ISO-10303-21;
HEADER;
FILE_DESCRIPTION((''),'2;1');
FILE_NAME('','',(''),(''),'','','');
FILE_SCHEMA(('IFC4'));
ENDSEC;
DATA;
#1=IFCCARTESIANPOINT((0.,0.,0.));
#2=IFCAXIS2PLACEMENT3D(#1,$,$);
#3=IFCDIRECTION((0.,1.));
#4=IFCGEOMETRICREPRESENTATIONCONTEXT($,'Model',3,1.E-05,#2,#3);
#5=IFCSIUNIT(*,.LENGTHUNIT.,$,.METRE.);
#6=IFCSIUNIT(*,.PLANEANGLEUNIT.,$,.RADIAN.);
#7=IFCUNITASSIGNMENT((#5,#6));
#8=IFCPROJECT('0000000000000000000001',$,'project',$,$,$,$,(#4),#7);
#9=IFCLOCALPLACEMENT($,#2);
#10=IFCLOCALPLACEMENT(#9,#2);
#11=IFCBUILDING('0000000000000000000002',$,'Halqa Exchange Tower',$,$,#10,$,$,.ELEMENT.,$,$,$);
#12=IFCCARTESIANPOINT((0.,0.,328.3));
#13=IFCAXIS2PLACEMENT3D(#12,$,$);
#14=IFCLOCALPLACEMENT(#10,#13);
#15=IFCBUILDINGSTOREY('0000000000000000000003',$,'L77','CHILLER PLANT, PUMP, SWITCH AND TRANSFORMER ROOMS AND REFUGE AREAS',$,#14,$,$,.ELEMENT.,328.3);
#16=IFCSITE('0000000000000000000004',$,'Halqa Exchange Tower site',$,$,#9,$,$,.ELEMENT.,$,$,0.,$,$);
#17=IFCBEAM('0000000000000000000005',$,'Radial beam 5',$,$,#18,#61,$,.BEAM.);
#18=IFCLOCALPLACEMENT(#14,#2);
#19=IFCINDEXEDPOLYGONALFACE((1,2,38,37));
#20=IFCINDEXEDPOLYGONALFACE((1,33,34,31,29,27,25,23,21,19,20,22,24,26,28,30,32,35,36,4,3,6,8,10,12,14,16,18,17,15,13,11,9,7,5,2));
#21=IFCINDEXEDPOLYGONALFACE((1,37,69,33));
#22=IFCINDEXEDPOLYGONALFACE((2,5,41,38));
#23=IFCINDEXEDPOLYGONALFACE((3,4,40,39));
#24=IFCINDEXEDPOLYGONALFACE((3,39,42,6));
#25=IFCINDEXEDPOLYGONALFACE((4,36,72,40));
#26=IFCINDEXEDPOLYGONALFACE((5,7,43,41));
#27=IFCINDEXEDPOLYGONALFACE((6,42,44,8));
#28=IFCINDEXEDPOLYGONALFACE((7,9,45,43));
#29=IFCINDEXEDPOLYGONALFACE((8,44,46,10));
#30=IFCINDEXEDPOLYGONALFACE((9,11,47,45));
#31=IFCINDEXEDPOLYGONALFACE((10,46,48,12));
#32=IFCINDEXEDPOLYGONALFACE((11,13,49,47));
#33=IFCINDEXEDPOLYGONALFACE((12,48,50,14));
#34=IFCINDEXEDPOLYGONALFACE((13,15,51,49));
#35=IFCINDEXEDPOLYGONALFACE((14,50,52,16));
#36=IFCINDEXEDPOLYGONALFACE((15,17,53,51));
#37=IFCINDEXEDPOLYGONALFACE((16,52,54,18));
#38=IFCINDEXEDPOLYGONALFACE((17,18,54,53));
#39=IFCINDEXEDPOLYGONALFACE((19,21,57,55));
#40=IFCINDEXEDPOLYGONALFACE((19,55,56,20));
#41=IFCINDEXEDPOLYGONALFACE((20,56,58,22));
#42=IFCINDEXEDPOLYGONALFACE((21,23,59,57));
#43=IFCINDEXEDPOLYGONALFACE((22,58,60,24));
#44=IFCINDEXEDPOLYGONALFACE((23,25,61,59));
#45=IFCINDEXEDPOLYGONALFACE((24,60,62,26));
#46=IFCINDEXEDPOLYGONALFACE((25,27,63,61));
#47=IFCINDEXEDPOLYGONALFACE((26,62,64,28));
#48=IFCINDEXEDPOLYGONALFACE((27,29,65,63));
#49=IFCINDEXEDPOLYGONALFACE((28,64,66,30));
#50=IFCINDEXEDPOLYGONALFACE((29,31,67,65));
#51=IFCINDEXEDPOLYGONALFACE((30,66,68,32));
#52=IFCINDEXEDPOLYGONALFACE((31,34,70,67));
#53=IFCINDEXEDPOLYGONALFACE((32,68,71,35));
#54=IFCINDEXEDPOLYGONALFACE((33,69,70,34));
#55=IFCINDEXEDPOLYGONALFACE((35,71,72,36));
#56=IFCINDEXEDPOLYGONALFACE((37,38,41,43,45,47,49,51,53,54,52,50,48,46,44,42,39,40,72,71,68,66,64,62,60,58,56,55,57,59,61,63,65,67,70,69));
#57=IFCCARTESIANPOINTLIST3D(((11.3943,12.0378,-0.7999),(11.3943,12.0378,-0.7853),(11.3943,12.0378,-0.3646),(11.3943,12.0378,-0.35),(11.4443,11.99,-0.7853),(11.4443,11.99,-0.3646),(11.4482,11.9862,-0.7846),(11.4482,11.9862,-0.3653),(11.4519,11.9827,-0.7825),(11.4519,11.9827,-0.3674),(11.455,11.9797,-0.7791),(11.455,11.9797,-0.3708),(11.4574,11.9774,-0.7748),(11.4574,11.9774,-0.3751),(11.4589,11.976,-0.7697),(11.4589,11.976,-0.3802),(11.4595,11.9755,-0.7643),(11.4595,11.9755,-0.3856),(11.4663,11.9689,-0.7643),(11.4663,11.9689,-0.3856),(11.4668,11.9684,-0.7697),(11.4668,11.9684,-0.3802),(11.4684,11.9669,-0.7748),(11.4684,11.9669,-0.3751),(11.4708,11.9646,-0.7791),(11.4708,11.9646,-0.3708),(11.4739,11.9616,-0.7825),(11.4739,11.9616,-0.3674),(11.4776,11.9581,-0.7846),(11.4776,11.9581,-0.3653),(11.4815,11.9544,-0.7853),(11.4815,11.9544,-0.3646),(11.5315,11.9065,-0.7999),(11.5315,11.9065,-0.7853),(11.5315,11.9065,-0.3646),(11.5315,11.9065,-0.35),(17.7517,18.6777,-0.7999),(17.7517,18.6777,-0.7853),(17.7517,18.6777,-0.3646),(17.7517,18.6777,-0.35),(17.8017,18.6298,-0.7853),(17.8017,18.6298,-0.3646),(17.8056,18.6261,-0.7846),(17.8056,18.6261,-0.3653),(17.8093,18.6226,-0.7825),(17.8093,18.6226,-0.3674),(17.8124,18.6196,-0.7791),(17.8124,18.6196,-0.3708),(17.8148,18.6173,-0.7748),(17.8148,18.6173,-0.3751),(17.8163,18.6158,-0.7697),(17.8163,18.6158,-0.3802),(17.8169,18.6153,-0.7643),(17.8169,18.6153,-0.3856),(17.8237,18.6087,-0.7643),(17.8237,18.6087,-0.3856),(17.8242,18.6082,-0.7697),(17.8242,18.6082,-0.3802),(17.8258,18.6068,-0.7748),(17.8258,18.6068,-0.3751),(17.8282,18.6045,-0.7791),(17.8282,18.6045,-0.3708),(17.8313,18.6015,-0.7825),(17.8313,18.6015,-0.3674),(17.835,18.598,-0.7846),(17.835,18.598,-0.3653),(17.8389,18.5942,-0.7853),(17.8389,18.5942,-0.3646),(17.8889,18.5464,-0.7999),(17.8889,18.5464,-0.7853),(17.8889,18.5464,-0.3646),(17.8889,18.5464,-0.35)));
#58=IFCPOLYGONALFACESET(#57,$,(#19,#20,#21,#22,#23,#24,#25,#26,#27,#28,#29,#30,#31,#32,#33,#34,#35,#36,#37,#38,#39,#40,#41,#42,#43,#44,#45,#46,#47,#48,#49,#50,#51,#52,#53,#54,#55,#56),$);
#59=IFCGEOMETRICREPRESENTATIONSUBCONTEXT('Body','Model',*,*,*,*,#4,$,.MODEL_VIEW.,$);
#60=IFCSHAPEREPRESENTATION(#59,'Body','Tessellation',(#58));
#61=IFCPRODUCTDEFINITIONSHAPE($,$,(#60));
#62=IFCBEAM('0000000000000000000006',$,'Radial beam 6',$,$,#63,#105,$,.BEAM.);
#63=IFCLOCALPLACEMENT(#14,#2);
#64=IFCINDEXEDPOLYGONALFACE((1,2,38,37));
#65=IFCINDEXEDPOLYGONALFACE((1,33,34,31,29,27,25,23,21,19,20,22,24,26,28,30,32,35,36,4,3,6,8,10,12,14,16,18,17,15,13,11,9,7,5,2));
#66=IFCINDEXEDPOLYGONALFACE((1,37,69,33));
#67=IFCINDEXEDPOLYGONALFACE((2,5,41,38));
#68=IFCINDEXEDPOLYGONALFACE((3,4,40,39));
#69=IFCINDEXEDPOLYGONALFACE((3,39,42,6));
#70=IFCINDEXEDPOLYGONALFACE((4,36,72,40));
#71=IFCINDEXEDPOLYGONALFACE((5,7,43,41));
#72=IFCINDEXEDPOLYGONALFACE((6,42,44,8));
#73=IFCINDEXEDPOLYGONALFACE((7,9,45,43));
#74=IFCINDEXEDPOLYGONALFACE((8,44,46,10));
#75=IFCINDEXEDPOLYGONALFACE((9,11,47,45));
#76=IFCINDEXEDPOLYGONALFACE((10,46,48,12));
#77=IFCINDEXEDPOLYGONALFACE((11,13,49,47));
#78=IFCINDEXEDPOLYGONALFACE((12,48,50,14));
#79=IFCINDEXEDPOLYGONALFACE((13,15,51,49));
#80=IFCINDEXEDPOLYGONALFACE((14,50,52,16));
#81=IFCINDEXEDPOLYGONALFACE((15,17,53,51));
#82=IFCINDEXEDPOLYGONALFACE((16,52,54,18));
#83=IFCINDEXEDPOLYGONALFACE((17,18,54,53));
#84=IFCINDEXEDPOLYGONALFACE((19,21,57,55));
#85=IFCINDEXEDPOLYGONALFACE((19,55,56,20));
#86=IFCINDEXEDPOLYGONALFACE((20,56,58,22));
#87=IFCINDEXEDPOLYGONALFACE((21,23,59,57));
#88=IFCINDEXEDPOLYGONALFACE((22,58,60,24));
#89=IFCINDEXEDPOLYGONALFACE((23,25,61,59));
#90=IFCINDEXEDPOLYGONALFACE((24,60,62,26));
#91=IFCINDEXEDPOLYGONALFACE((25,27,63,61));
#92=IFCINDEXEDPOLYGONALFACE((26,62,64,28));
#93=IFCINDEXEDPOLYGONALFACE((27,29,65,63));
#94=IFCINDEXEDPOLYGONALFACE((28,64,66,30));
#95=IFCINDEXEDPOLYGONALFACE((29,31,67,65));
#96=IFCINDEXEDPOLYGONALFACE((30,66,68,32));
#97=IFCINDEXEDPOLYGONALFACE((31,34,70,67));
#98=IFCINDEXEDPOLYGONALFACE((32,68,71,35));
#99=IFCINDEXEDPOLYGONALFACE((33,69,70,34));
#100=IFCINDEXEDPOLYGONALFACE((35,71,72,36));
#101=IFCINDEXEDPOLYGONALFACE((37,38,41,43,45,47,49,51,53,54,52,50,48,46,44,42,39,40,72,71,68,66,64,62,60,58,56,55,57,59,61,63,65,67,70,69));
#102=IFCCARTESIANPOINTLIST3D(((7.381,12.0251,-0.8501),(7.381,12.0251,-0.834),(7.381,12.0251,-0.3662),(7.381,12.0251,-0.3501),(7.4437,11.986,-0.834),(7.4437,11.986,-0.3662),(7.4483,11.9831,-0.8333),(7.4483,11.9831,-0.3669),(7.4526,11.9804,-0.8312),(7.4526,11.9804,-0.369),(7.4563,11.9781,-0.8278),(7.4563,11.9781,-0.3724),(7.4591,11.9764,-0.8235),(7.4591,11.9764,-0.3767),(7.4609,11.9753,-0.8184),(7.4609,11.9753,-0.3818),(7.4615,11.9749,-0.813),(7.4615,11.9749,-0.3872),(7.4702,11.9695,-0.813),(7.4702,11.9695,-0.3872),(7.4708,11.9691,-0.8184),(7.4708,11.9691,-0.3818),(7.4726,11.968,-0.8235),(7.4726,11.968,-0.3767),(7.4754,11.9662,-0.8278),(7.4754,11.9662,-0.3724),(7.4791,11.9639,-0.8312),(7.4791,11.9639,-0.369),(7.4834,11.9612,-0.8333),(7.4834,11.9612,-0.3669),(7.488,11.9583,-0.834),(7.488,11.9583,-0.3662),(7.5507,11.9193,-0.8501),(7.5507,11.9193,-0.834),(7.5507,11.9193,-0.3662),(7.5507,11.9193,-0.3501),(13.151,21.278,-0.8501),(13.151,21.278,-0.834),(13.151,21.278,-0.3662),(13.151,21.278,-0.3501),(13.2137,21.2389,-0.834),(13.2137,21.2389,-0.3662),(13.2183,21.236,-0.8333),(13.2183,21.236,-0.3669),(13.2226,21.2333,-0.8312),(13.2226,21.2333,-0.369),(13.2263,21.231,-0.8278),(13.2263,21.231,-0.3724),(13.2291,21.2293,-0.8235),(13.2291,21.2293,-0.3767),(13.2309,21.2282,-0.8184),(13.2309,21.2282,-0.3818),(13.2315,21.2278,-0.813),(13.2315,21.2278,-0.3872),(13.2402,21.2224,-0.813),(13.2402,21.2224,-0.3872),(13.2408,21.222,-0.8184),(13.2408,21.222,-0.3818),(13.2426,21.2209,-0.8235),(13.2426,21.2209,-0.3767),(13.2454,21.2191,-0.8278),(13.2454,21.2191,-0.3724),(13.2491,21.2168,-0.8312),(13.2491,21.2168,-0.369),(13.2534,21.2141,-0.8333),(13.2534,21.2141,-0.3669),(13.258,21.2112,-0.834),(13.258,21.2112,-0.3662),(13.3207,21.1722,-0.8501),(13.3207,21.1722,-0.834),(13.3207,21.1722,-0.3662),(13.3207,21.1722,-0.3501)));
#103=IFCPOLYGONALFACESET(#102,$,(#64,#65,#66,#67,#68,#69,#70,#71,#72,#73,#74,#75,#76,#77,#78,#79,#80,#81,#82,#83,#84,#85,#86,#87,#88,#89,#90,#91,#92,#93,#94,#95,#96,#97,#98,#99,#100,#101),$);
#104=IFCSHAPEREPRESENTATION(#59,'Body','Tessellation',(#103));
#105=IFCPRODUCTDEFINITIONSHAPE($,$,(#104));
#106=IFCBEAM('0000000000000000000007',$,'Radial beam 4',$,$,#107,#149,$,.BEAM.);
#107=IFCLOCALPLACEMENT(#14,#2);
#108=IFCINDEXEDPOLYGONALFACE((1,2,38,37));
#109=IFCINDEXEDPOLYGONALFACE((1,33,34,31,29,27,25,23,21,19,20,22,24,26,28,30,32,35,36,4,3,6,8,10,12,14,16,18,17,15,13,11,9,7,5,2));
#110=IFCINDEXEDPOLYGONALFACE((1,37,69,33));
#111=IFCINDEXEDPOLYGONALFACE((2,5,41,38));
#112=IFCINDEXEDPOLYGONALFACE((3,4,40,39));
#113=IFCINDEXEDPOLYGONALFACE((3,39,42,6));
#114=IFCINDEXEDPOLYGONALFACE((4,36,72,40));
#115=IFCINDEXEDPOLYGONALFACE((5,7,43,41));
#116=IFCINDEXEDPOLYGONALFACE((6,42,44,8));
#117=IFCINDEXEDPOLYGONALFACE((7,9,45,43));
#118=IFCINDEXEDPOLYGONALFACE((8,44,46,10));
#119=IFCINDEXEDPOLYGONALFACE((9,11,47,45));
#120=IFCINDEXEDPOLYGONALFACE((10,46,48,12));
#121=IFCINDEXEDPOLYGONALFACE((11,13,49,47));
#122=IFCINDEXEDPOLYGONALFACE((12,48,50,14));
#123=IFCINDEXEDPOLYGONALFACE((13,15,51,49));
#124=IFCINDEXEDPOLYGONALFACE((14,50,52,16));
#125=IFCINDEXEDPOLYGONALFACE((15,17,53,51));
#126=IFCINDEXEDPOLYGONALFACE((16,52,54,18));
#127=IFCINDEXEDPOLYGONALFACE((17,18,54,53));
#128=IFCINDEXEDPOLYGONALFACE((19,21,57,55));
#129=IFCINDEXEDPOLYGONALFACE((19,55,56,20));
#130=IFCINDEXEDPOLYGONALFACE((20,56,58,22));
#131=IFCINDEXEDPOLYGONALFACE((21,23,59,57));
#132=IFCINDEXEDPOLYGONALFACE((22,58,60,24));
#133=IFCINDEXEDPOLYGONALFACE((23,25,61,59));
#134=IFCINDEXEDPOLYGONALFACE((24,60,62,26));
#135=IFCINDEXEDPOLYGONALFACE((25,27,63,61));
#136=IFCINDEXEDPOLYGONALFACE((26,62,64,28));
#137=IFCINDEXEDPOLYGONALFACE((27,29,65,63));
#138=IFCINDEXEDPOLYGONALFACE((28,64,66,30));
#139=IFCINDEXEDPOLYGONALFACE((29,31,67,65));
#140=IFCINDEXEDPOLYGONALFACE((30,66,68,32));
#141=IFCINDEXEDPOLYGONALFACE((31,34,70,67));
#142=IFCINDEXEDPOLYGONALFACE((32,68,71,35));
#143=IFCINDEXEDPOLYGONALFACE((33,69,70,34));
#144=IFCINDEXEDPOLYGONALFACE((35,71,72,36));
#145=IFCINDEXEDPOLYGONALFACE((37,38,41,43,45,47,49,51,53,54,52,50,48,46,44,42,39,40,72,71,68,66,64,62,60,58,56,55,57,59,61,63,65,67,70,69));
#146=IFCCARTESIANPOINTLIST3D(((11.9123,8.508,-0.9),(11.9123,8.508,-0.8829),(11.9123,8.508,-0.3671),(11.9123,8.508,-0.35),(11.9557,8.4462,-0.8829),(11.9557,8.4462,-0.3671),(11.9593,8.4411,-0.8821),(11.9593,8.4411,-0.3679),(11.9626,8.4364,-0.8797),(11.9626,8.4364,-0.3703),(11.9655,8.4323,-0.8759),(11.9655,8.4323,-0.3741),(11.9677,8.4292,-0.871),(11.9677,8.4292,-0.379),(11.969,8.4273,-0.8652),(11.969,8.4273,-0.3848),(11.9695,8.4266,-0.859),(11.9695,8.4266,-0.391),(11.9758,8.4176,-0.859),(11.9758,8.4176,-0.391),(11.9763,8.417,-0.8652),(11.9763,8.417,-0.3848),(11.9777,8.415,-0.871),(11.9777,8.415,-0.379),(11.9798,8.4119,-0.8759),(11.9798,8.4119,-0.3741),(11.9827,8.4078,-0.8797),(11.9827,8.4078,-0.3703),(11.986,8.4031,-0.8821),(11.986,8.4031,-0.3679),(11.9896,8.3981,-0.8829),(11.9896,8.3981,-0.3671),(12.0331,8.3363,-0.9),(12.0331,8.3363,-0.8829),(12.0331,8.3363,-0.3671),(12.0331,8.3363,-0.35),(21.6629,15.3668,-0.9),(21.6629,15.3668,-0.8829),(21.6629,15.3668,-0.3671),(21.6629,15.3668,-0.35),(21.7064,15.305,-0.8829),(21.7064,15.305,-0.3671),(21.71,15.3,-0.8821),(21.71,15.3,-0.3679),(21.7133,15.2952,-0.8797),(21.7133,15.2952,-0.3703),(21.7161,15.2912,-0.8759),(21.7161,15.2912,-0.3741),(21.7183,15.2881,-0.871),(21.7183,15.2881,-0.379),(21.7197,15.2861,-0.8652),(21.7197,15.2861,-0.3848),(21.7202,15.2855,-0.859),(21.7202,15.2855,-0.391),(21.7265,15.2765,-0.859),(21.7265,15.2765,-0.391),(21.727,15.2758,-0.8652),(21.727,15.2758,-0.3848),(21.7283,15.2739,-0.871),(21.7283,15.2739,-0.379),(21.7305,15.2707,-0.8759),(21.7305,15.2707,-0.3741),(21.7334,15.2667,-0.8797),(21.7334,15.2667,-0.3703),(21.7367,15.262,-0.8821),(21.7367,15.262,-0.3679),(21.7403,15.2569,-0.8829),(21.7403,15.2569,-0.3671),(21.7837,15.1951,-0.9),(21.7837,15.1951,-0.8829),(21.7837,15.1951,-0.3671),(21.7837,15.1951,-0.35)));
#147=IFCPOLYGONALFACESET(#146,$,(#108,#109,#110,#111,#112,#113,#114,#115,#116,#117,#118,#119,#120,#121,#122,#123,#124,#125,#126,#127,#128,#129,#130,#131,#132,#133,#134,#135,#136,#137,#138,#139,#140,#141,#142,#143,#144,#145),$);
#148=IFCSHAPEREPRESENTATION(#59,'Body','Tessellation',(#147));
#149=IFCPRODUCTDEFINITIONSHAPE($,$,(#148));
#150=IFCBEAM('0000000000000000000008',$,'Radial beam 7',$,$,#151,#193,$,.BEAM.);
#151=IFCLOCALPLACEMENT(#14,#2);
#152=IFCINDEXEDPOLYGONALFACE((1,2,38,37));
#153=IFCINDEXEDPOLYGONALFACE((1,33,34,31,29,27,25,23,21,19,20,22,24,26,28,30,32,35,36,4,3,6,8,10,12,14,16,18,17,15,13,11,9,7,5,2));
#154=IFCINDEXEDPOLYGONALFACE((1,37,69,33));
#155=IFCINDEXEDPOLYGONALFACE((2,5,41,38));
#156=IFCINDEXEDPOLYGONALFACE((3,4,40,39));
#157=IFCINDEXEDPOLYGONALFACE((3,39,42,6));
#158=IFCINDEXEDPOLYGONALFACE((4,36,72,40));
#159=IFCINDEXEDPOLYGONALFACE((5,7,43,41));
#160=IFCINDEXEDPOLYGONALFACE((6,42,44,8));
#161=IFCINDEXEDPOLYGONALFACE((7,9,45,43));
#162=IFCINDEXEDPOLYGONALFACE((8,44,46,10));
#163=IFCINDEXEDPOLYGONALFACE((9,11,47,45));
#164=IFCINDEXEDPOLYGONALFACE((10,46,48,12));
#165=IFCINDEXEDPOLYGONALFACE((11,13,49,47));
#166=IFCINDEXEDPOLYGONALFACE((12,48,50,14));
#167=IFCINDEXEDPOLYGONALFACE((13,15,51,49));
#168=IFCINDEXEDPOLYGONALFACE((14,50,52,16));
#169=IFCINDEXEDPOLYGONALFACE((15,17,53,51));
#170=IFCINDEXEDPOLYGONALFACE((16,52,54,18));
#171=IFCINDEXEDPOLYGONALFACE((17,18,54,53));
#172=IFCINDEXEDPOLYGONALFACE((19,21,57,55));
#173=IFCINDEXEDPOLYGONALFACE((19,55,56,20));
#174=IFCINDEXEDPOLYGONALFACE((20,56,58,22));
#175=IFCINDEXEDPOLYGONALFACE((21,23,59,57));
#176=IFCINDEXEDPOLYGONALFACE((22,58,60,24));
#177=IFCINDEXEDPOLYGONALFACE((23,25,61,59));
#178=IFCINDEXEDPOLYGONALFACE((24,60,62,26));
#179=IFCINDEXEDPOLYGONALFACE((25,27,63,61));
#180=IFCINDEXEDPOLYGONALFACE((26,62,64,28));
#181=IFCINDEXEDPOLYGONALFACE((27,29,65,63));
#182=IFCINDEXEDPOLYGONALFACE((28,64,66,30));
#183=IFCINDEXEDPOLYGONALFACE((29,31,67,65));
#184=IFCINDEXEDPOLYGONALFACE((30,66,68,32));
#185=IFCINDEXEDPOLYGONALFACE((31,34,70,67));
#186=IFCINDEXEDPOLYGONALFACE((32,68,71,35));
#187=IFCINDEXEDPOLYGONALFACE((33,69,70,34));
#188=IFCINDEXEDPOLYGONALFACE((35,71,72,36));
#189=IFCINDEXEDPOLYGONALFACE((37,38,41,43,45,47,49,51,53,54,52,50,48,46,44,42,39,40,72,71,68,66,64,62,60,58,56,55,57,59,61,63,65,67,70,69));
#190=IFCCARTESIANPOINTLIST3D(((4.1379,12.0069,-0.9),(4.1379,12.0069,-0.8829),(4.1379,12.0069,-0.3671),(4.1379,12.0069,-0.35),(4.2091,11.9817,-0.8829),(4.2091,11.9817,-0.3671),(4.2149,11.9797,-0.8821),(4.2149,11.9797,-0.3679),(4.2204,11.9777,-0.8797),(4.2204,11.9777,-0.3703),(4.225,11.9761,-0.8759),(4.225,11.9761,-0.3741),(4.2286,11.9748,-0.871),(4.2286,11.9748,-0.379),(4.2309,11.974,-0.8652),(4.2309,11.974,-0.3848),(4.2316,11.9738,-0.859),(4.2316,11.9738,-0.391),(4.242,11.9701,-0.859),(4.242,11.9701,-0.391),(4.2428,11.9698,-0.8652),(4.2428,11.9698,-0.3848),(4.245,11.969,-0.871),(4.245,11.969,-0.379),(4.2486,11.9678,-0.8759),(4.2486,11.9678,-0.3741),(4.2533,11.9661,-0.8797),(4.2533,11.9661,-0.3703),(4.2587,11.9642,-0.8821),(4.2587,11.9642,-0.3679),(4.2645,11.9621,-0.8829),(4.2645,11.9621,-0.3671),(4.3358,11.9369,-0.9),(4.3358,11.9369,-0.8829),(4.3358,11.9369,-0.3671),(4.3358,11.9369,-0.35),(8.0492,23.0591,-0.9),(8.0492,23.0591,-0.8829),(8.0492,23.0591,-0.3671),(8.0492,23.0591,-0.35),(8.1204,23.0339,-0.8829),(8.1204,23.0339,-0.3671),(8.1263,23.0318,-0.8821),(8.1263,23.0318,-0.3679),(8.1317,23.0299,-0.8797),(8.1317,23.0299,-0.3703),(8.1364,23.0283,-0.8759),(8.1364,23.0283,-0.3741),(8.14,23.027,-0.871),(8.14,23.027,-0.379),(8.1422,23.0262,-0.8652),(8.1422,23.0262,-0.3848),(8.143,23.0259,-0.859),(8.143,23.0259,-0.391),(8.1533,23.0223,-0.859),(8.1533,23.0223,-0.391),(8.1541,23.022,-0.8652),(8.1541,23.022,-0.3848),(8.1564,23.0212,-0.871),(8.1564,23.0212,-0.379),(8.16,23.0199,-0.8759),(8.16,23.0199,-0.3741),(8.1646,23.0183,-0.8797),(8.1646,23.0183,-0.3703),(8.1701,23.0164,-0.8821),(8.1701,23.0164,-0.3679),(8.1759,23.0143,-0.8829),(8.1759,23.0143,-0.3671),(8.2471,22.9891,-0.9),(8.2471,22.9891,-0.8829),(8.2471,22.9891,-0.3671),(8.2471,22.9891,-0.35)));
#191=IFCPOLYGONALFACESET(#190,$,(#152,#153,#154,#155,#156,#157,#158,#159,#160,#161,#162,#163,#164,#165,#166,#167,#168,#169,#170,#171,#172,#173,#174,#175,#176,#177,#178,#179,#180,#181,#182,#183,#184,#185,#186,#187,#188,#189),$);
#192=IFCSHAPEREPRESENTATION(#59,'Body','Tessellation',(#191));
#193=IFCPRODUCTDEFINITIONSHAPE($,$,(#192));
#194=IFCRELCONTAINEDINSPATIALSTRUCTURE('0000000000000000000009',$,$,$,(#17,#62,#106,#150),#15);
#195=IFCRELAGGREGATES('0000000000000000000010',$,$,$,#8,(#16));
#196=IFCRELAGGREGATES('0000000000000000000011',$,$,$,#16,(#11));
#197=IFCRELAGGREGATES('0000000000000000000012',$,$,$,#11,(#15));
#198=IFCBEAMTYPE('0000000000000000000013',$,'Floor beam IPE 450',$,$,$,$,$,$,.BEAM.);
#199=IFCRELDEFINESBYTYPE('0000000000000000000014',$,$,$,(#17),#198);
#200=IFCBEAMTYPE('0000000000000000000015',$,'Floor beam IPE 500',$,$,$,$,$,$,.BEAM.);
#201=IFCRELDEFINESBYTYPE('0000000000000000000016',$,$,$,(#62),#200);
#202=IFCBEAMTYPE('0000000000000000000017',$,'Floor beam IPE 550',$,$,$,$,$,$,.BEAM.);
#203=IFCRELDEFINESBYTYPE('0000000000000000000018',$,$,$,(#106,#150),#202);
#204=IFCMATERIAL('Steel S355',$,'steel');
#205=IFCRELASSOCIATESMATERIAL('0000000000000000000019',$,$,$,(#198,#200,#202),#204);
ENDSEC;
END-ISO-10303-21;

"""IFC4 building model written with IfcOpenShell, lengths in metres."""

from ifc_helpers import new_model, si_unit, direction, frame, origin, origin_2d, place, context, subcontext, project, spatial, i_section, extrude, material, material_profile, profile_set, type_object, element, save


model = new_model("IFC4")

# Units and contexts
model_context = context("Model", 3, precision=1e-05, world=origin(), true_north=direction((0.0, 1.0)))
body_context = subcontext(model_context, "Body", "Model", "MODEL_VIEW")
ifc_project = project(units=[si_unit("LENGTHUNIT", "METRE"), si_unit("PLANEANGLEUNIT", "RADIAN")], contexts=[model_context])

# Site, building, storey
site_placement = place(None, origin())
site = spatial("IfcSite", under=ifc_project, at=site_placement, Name="Halqa Exchange Tower site", CompositionType="ELEMENT", RefElevation=0.0)
building_placement = place(site_placement, origin())
building = spatial("IfcBuilding", under=site, at=building_placement, Name="Halqa Exchange Tower", CompositionType="ELEMENT")
storey_placement = place(building_placement, frame((0.0, 0.0, 328.3)))
storey = spatial("IfcBuildingStorey", under=building, at=storey_placement, Name="L77", Description="CHILLER PLANT, PUMP, SWITCH AND TRANSFORMER ROOMS AND REFUGE AREAS", CompositionType="ELEMENT", Elevation=328.3)

# Beams
ifc_material_1 = material(Name="Steel S355", Category="steel")
ifc_material_profile_1 = material_profile(ifc_material_1, i_section(OverallWidth=0.1899, OverallDepth=0.45, WebThickness=0.0095, FlangeThickness=0.0146, FilletRadius=0.021, at=origin_2d()), Name="IPE 450")
ifc_profile_set_1 = profile_set([ifc_material_profile_1], Name="Steel S355")
beam_type_1 = type_object("IfcBeamType", Name="Floor beam IPE 450", PredefinedType="BEAM", material=ifc_profile_set_1)
beam_1_placement = place(storey_placement, frame((11.4629, 11.9722, -0.575), z_axis=(0.691576, 0.722304, 0.0), x_axis=(-0.722304, 0.691576, 0.0)))
element("IfcBeam", 1, at=beam_1_placement, inside=storey, type_object=beam_type_1, Name="Radial beam 5", PredefinedType="BEAM", context=body_context, shape_type="SweptSolid", body=[
    extrude(i_section(OverallWidth=0.1899, OverallDepth=0.45, WebThickness=0.0095, FlangeThickness=0.0146, FilletRadius=0.021, at=origin_2d()), origin(), (0.0, 0.0, 1.0), 9.1926),
])
ifc_material_profile_2 = material_profile(ifc_material_1, i_section(OverallWidth=0.2, OverallDepth=0.5, WebThickness=0.0103, FlangeThickness=0.0161, FilletRadius=0.021, at=origin_2d()), Name="IPE 500")
ifc_profile_set_2 = profile_set([ifc_material_profile_2], Name="Steel S355")
beam_type_2 = type_object("IfcBeamType", Name="Floor beam IPE 500", PredefinedType="BEAM", material=ifc_profile_set_2)
beam_2_placement = place(storey_placement, frame((7.4658, 11.9722, -0.6001), z_axis=(0.529137, 0.848536, 0.0), x_axis=(-0.848536, 0.529137, 0.0)))
element("IfcBeam", 2, at=beam_2_placement, inside=storey, type_object=beam_type_2, Name="Radial beam 6", PredefinedType="BEAM", context=body_context, shape_type="SweptSolid", body=[
    extrude(i_section(OverallWidth=0.2, OverallDepth=0.5, WebThickness=0.0103, FlangeThickness=0.0161, FilletRadius=0.021, at=origin_2d()), origin(), (0.0, 0.0, 1.0), 10.9045),
])
ifc_material_profile_3 = material_profile(ifc_material_1, i_section(OverallWidth=0.21, OverallDepth=0.55, WebThickness=0.011, FlangeThickness=0.0171, FilletRadius=0.0239, at=origin_2d()), Name="IPE 550")
ifc_profile_set_3 = profile_set([ifc_material_profile_3], Name="Steel S355")
beam_type_3 = type_object("IfcBeamType", Name="Floor beam IPE 550", PredefinedType="BEAM", material=ifc_profile_set_3)
beam_3_placement = place(storey_placement, frame((11.9727, 8.4221, -0.625), z_axis=(0.817915, 0.57534, 0.0), x_axis=(-0.57534, 0.817915, 0.0)))
element("IfcBeam", 3, at=beam_3_placement, inside=storey, type_object=beam_type_3, Name="Radial beam 4", PredefinedType="BEAM", context=body_context, shape_type="SweptSolid", body=[
    extrude(i_section(OverallWidth=0.21, OverallDepth=0.55, WebThickness=0.011, FlangeThickness=0.0171, FilletRadius=0.0239, at=origin_2d()), origin(), (0.0, 0.0, 1.0), 11.9214),
])
beam_4_placement = place(storey_placement, frame((4.2368, 11.9719, -0.625), z_axis=(0.333623, 0.942707, 0.0), x_axis=(-0.942707, 0.333623, 0.0)))
element("IfcBeam", 4, at=beam_4_placement, inside=storey, type_object=beam_type_3, Name="Radial beam 7", PredefinedType="BEAM", context=body_context, shape_type="SweptSolid", body=[
    extrude(i_section(OverallWidth=0.21, OverallDepth=0.55, WebThickness=0.011, FlangeThickness=0.0171, FilletRadius=0.0239, at=origin_2d()), origin(), (0.0, 0.0, 1.0), 11.7239),
])

save(model, "model.ifc")
